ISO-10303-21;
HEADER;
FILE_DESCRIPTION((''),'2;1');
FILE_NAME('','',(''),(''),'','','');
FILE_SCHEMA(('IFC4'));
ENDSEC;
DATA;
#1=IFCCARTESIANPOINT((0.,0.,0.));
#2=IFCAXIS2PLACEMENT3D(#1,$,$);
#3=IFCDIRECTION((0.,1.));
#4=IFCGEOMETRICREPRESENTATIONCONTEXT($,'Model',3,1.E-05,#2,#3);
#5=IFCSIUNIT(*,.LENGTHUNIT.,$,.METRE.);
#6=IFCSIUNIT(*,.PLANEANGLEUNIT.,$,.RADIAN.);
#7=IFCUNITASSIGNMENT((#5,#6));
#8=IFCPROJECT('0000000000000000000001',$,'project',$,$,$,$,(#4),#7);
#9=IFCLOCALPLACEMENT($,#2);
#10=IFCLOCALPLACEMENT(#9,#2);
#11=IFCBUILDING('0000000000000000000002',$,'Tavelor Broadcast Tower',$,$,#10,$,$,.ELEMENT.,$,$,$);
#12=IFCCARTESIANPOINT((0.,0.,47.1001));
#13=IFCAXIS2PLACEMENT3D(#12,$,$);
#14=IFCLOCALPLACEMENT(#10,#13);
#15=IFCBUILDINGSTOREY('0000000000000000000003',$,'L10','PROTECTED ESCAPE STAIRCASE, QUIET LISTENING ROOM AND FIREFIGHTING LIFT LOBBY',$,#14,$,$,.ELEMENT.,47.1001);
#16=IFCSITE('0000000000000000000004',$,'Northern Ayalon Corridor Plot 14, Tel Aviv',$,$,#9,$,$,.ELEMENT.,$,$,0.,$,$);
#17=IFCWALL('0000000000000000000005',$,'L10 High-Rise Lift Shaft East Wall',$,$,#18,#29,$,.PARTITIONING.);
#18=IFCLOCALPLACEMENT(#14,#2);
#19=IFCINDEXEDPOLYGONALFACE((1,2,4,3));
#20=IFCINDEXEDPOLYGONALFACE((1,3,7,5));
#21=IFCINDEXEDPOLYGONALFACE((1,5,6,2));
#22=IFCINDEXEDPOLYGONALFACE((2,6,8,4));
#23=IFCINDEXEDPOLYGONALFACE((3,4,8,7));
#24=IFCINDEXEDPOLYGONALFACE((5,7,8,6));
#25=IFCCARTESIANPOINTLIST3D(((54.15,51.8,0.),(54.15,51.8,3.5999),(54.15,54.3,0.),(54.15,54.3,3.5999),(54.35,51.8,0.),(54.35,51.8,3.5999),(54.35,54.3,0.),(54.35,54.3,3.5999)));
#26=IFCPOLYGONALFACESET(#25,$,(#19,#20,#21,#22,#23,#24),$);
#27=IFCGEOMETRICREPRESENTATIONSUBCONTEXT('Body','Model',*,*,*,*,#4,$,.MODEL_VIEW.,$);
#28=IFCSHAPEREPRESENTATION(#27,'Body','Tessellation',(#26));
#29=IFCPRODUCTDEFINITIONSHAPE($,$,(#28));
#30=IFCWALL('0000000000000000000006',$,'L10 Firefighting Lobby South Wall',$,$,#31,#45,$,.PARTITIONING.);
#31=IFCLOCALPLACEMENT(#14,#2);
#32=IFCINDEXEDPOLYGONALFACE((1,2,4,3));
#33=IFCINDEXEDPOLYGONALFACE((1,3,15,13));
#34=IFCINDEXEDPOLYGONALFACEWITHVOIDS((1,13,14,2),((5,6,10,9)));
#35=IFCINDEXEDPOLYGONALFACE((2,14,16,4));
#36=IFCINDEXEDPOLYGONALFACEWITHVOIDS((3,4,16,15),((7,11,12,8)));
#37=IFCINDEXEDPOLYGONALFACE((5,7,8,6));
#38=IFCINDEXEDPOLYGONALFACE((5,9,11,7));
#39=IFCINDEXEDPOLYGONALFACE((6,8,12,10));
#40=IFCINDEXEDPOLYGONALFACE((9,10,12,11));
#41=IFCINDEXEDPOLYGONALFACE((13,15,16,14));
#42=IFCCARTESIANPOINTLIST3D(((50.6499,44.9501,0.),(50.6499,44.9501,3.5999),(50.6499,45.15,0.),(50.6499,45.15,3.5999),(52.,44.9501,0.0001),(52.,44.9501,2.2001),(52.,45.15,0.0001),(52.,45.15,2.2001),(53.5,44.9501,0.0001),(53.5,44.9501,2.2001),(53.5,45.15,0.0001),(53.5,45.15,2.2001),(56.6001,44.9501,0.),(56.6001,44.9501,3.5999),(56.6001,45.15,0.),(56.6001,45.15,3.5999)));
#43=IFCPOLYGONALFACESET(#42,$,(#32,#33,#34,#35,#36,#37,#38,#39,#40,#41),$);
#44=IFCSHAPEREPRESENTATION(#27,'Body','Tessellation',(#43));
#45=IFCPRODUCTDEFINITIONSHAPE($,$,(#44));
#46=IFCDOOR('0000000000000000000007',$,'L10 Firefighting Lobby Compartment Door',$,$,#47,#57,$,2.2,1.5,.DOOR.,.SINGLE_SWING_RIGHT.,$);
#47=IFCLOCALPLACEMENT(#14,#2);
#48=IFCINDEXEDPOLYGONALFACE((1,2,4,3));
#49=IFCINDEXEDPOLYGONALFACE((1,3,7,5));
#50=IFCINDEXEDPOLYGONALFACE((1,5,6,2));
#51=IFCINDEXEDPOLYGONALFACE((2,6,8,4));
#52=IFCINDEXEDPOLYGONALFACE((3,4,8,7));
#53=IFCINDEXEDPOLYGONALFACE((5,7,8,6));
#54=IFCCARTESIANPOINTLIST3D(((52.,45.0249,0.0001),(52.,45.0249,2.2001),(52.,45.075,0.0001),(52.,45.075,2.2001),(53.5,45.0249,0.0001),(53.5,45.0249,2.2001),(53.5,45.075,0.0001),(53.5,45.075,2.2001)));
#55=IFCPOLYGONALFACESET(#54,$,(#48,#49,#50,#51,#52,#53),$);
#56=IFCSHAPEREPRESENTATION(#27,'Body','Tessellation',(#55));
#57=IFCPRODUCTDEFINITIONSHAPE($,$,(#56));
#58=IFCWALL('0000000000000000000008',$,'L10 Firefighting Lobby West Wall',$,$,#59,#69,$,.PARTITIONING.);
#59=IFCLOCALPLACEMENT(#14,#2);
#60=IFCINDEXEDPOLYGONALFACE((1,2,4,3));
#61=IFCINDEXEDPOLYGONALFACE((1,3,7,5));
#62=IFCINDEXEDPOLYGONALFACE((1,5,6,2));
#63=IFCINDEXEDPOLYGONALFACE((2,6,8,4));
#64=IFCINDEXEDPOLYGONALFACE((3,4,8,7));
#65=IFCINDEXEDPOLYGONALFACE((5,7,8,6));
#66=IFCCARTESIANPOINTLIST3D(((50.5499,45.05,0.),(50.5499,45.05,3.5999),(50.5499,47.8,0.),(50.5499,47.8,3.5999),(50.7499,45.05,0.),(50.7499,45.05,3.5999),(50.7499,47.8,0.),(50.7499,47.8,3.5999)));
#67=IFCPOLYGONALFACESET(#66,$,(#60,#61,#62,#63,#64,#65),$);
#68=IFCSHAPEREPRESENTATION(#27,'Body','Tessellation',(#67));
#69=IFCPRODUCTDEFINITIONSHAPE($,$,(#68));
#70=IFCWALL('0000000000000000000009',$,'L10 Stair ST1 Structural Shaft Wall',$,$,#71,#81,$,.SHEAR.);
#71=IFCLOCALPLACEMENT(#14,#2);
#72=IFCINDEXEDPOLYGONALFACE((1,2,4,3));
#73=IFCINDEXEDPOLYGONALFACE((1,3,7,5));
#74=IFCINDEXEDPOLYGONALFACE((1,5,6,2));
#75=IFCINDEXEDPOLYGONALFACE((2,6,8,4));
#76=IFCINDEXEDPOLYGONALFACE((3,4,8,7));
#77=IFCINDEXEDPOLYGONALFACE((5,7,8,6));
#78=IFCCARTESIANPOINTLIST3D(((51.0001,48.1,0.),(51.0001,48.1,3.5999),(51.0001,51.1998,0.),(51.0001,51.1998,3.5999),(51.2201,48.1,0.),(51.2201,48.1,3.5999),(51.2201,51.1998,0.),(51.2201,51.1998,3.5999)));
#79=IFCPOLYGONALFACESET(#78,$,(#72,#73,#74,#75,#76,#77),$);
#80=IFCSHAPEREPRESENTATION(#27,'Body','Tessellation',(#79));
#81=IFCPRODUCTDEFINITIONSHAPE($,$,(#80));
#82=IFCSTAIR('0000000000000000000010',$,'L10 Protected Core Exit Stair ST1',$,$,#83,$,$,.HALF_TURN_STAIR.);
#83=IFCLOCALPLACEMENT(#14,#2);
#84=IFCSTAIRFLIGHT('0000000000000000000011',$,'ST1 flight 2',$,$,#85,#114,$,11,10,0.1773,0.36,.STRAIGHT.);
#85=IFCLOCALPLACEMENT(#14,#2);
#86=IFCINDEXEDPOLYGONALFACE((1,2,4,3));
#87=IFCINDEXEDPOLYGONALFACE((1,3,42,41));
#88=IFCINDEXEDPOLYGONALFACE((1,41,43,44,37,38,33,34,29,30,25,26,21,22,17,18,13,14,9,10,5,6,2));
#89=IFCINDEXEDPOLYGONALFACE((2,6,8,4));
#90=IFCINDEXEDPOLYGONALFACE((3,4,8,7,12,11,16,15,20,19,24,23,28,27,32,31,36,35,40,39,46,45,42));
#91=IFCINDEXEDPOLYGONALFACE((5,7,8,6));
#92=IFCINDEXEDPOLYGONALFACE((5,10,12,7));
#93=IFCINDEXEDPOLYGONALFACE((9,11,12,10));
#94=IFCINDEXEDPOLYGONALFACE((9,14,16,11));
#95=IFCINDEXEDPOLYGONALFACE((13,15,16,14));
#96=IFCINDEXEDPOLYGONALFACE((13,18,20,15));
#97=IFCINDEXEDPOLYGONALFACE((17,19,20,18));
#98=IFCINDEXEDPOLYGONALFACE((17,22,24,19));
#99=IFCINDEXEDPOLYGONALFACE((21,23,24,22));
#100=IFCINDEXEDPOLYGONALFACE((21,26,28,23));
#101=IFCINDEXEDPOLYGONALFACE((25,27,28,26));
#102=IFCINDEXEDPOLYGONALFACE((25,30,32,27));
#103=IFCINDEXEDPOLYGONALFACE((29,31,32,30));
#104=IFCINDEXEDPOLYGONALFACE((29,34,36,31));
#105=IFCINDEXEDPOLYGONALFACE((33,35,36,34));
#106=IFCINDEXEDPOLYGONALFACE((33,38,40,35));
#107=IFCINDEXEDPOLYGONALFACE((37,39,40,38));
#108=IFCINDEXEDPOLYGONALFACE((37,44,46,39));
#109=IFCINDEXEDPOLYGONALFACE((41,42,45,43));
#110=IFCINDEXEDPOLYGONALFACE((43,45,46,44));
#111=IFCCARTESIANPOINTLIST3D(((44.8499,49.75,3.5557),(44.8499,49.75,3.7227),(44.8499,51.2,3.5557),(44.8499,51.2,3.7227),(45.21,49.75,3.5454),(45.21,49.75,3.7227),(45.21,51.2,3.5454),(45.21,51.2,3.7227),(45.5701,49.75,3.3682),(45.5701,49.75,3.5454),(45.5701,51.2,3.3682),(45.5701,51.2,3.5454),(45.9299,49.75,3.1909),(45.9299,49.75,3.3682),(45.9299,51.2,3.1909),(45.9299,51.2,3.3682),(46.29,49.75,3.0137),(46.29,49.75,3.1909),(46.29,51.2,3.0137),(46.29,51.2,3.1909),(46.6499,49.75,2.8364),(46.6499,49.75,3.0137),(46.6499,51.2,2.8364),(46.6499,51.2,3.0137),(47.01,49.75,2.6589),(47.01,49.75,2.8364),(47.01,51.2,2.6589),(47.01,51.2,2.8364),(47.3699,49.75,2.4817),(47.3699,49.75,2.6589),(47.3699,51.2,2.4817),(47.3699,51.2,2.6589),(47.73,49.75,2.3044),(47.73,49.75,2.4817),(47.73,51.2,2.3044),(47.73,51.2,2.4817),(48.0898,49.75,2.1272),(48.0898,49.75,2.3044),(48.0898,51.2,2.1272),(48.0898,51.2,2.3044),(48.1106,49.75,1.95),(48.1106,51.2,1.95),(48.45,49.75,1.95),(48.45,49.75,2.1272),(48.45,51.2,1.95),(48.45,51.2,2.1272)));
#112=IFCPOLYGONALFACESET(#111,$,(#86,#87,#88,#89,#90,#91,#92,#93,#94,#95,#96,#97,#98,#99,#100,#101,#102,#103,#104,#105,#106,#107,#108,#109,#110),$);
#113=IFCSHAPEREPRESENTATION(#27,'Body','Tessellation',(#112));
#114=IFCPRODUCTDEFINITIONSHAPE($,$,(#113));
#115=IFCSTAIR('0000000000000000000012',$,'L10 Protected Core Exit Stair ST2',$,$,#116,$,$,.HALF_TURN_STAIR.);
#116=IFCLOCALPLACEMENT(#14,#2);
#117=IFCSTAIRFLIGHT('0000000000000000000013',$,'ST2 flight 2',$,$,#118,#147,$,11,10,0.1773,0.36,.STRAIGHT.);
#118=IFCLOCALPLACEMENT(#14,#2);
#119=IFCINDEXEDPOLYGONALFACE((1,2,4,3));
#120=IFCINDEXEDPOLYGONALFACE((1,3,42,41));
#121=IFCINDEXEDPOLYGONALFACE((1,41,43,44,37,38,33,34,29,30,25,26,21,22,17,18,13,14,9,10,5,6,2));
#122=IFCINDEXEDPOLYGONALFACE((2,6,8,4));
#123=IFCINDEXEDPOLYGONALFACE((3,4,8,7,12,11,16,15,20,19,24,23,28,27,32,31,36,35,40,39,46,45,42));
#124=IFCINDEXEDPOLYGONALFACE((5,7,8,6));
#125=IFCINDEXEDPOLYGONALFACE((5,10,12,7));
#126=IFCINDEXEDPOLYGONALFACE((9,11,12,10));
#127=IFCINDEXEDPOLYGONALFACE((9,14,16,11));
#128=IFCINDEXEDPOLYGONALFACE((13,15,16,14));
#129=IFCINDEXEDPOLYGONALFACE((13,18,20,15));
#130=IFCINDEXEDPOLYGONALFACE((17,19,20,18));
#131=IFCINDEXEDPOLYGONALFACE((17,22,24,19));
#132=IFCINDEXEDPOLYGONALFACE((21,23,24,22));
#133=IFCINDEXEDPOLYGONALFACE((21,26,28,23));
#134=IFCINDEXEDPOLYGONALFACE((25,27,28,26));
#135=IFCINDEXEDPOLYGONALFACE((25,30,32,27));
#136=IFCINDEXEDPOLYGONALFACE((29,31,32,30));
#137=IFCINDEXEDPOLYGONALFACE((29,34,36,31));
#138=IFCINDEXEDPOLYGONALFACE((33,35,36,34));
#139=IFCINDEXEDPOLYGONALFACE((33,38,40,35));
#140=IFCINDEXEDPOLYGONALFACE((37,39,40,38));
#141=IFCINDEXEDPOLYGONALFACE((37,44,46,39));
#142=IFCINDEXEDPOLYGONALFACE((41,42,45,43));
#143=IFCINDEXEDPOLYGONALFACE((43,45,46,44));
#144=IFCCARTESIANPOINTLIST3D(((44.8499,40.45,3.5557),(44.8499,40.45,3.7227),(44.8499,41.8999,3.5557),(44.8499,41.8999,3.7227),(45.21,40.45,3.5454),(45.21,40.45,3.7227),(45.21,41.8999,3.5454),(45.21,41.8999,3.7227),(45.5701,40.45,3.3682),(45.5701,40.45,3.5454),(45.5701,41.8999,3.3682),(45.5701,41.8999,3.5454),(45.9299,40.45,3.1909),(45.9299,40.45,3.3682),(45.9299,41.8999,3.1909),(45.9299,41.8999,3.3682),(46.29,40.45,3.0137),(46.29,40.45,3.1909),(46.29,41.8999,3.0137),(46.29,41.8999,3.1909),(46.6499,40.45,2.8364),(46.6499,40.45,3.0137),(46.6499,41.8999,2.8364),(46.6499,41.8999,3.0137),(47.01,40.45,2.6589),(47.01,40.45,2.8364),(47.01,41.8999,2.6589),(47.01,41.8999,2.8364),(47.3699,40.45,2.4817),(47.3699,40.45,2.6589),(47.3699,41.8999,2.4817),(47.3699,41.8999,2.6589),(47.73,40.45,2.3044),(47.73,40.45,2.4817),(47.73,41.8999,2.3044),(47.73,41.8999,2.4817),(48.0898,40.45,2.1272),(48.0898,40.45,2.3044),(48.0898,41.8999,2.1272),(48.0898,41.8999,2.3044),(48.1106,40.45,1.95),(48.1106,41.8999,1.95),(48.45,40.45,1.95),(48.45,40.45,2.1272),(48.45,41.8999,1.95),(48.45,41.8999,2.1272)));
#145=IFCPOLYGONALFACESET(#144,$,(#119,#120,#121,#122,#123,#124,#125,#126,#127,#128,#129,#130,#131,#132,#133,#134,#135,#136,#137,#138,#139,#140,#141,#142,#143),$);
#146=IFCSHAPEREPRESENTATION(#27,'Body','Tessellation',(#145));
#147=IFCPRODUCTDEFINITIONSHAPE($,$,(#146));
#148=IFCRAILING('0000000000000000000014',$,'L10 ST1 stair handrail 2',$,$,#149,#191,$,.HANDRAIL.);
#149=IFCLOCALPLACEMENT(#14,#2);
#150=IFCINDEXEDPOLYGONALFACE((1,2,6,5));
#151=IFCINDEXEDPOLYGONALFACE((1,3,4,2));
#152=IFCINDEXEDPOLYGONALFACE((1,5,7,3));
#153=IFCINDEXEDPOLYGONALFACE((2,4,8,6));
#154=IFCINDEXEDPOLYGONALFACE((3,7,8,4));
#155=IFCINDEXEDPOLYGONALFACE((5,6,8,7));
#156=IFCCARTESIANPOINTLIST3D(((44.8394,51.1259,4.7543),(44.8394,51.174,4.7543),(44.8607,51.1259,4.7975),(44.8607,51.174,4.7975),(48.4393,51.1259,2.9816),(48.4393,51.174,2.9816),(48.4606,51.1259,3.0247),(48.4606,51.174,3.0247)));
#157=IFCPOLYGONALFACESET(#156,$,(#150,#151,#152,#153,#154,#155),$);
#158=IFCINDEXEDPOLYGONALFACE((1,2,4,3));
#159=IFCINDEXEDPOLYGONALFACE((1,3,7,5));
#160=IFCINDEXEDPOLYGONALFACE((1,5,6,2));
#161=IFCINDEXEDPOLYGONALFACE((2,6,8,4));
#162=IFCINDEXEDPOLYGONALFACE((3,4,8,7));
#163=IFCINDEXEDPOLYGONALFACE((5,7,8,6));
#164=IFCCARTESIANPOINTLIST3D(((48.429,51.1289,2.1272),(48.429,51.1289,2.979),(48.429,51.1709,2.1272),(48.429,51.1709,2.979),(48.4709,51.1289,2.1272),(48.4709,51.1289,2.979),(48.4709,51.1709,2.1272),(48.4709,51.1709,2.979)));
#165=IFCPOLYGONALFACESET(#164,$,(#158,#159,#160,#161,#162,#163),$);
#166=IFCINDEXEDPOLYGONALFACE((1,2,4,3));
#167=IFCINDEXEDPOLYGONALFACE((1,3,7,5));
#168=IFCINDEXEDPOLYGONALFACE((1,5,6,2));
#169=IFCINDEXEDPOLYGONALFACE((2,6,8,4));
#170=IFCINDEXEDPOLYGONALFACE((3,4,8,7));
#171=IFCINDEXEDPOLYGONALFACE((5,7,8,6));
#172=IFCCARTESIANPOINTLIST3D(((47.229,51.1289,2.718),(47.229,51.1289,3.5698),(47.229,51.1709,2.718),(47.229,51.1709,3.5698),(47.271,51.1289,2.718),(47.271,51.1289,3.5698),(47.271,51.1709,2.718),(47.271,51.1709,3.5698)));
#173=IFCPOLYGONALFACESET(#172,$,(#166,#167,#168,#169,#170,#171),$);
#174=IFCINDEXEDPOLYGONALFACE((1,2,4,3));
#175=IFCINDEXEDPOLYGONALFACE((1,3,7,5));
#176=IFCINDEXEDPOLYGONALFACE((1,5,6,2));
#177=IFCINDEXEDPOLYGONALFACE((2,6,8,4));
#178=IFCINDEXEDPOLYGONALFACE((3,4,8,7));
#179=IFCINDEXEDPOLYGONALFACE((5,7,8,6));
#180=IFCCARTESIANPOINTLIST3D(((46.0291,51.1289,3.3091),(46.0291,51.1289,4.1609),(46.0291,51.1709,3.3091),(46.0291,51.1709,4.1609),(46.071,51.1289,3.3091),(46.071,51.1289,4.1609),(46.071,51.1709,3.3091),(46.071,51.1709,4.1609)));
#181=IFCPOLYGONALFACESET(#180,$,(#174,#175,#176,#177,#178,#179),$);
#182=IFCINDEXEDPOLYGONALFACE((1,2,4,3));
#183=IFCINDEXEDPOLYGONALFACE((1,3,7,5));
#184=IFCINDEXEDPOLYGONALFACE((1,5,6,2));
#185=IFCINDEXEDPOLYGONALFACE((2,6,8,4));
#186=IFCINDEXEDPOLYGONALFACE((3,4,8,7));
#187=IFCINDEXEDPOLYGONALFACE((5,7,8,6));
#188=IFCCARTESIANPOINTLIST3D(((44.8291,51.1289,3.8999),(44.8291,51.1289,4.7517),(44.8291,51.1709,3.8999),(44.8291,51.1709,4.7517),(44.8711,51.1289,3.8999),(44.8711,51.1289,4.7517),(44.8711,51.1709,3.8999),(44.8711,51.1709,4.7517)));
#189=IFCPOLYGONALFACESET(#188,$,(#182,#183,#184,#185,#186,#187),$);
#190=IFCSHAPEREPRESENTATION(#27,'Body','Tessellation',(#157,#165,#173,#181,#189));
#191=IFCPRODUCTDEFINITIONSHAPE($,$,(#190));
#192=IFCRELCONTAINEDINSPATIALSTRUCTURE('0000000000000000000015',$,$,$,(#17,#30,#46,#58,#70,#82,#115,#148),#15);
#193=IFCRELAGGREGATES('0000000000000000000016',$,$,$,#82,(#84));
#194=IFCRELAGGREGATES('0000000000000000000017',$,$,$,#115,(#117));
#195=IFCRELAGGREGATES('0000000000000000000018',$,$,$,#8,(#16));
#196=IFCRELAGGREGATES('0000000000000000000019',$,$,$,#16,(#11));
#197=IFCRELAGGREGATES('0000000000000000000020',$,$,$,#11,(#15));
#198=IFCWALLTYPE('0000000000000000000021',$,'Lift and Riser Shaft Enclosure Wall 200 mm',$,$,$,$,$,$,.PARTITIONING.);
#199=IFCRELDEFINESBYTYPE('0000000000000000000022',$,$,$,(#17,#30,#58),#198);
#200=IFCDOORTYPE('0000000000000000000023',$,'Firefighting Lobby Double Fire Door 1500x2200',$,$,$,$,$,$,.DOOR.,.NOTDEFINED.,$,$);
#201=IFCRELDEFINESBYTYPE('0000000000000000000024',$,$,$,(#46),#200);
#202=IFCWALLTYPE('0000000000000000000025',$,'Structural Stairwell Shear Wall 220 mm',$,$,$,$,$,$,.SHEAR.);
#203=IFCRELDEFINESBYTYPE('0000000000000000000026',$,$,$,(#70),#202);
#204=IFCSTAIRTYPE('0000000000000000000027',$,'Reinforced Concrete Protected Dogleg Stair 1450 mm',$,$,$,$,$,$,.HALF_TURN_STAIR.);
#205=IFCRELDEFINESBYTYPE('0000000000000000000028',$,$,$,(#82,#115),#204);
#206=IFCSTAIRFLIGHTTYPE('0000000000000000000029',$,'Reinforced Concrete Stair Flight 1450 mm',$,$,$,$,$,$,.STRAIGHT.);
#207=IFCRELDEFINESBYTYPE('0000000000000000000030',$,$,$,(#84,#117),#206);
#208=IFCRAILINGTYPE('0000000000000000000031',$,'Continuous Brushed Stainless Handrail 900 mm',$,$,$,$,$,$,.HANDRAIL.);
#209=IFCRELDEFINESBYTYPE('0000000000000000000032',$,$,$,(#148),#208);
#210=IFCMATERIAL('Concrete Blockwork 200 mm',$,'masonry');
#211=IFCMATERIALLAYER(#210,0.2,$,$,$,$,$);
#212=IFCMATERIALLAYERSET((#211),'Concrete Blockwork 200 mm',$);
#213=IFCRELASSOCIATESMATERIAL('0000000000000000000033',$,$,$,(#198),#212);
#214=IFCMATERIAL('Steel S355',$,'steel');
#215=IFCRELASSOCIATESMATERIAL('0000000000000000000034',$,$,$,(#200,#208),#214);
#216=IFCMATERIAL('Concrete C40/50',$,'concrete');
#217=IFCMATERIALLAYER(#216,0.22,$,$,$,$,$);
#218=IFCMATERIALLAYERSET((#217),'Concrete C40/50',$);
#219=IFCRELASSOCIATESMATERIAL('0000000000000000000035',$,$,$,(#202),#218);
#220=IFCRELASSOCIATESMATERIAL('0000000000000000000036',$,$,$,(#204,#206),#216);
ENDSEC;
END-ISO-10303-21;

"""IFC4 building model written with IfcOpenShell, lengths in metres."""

from ifc_helpers import new_model, si_unit, direction, frame, frame_2d, origin, origin_2d, place, context, subcontext, project, spatial, polyline, rectangle, outline, extrude, material, layer, layer_set, type_object, element, fill, aggregate, save


model = new_model("IFC4")

# Units and contexts
model_context = context("Model", 3, precision=1e-05, world=origin(), true_north=direction((0.0, 1.0)))
body_context = subcontext(model_context, "Body", "Model", "MODEL_VIEW")
ifc_project = project(units=[si_unit("LENGTHUNIT", "METRE"), si_unit("PLANEANGLEUNIT", "RADIAN")], contexts=[model_context])

# Site, building, storey
site_placement = place(None, origin())
site = spatial("IfcSite", under=ifc_project, at=site_placement, Name="Northern Ayalon Corridor Plot 14, Tel Aviv", CompositionType="ELEMENT", RefElevation=0.0)
building_placement = place(site_placement, origin())
building = spatial("IfcBuilding", under=site, at=building_placement, Name="Tavelor Broadcast Tower", CompositionType="ELEMENT")
storey_placement = place(building_placement, frame((0.0, 0.0, 47.1001)))
storey = spatial("IfcBuildingStorey", under=building, at=storey_placement, Name="L10", Description="PROTECTED ESCAPE STAIRCASE, QUIET LISTENING ROOM AND FIREFIGHTING LIFT LOBBY", CompositionType="ELEMENT", Elevation=47.1001)

# Shared definitions
ifc_material_1 = material(Name="Concrete C40/50", Category="concrete")
ifc_material_2 = material(Name="Steel S355", Category="steel")

# Wall
ifc_material_3 = material(Name="Concrete Blockwork 200 mm", Category="masonry")
ifc_layer_1 = layer(ifc_material_3, 0.2)
ifc_layer_set_1 = layer_set([ifc_layer_1], Name="Concrete Blockwork 200 mm")
wall_type_1 = type_object("IfcWallType", Name="Lift and Riser Shaft Enclosure Wall 200 mm", PredefinedType="PARTITIONING", material=ifc_layer_set_1)
wall_1_placement = place(storey_placement, frame((54.25, 51.8, 0.0), z_axis=(0.0, 0.0, 1.0), x_axis=(0.0, 1.0, 0.0)))
element("IfcWall", 1, at=wall_1_placement, inside=storey, type_object=wall_type_1, Name="L10 High-Rise Lift Shaft East Wall", PredefinedType="PARTITIONING", context=body_context, shape_type="SweptSolid", body=[
    extrude(rectangle(XDim=2.5, YDim=0.2, at=frame_2d((1.25, 0.0))), origin(), (0.0, 0.0, 1.0), 3.5999),
])

# Wall, opening, door
wall_2_placement = place(storey_placement, frame((50.6499, 45.05, 0.0), z_axis=(0.0, 0.0, 1.0), x_axis=(1.0, 0.0, 0.0)))
wall_2 = element("IfcWall", 2, at=wall_2_placement, inside=storey, type_object=wall_type_1, Name="L10 Firefighting Lobby South Wall", PredefinedType="PARTITIONING", context=body_context, shape_type="SweptSolid", body=[
    extrude(rectangle(XDim=5.9502, YDim=0.2, at=frame_2d((2.9751, 0.0))), origin(), (0.0, 0.0, 1.0), 3.5999),
])
opening_placement = place(wall_2_placement, frame((1.3501, 0.0, 0.0)))
opening = element("IfcOpeningElement", 3, at=opening_placement, cuts=wall_2, PredefinedType="OPENING", context=body_context, shape_type="SweptSolid", body=[
    extrude(rectangle(XDim=1.5, YDim=2.2, at=frame_2d((0.75, 1.1001))), frame((0.0, 0.1099, 0.0), z_axis=(0.0, -1.0, 0.0), x_axis=(1.0, 0.0, 0.0)), (0.0, 0.0, 1.0), 0.22),
])
door_type = type_object("IfcDoorType", Name="Firefighting Lobby Double Fire Door 1500x2200", OperationType="NOTDEFINED", PredefinedType="DOOR", material=ifc_material_2)
door_placement = place(opening_placement, origin())
door = element("IfcDoor", 4, at=door_placement, inside=storey, type_object=door_type, Name="L10 Firefighting Lobby Compartment Door", OperationType="SINGLE_SWING_RIGHT", OverallHeight=2.2, OverallWidth=1.5, PredefinedType="DOOR", context=body_context, shape_type="SweptSolid", body=[
    extrude(rectangle(XDim=1.5, YDim=2.2, at=frame_2d((0.75, 1.1001))), frame((0.0, 0.0249, 0.0), z_axis=(0.0, -1.0, 0.0), x_axis=(1.0, 0.0, 0.0)), (0.0, 0.0, 1.0), 0.05),
])
fill(opening, door)

# Walls
wall_3_placement = place(storey_placement, frame((50.6499, 45.05, 0.0), z_axis=(0.0, 0.0, 1.0), x_axis=(0.0, 1.0, 0.0)))
element("IfcWall", 5, at=wall_3_placement, inside=storey, type_object=wall_type_1, Name="L10 Firefighting Lobby West Wall", PredefinedType="PARTITIONING", context=body_context, shape_type="SweptSolid", body=[
    extrude(rectangle(XDim=2.75, YDim=0.2, at=frame_2d((1.375, 0.0))), origin(), (0.0, 0.0, 1.0), 3.5999),
])
ifc_layer_2 = layer(ifc_material_1, 0.22)
ifc_layer_set_2 = layer_set([ifc_layer_2], Name="Concrete C40/50")
wall_type_2 = type_object("IfcWallType", Name="Structural Stairwell Shear Wall 220 mm", PredefinedType="SHEAR", material=ifc_layer_set_2)
wall_4_placement = place(storey_placement, frame((51.1101, 48.1001, 0.0), z_axis=(0.0, 0.0, 1.0), x_axis=(0.0, 1.0, 0.0)))
element("IfcWall", 6, at=wall_4_placement, inside=storey, type_object=wall_type_2, Name="L10 Stair ST1 Structural Shaft Wall", PredefinedType="SHEAR", context=body_context, shape_type="SweptSolid", body=[
    extrude(rectangle(XDim=3.0999, YDim=0.22, at=frame_2d((1.5498, 0.0))), origin(), (0.0, 0.0, 1.0), 3.5999),
])

# Stairs, stair flights
stair_type = type_object("IfcStairType", Name="Reinforced Concrete Protected Dogleg Stair 1450 mm", PredefinedType="HALF_TURN_STAIR", material=ifc_material_1)
stair_1_placement = place(storey_placement, origin())
stair_1 = element("IfcStair", 7, at=stair_1_placement, inside=storey, type_object=stair_type, Name="L10 Protected Core Exit Stair ST1", PredefinedType="HALF_TURN_STAIR")
stair_flight_type = type_object("IfcStairFlightType", Name="Reinforced Concrete Stair Flight 1450 mm", PredefinedType="STRAIGHT", material=ifc_material_1)
stair_flight_1_placement = place(storey_placement, frame((48.45, 50.4751, 1.95), z_axis=(0.0, 0.0, 1.0), x_axis=(-1.0, 0.0, 0.0)))
stair_flight_1 = element("IfcStairFlight", 8, at=stair_flight_1_placement, type_object=stair_flight_type, Name="ST1 flight 2", NumberOfRisers=11, NumberOfTreads=10, PredefinedType="STRAIGHT", RiserHeight=0.1773, TreadLength=0.36, context=body_context, shape_type="SweptSolid", body=[
    extrude(outline(polyline([(0.0, 0.0), (0.0, 0.1772), (0.3601, 0.1772), (0.3601, 0.3545), (0.72, 0.3545), (0.72, 0.5317), (1.0801, 0.5317), (1.0801, 0.709), (1.4399, 0.709), (1.4399, 0.8865), (1.8, 0.8865), (1.8, 1.0637), (2.1599, 1.0637), (2.1599, 1.241), (2.52, 1.241), (2.52, 1.4182), (2.8799, 1.4182), (2.8799, 1.5955), (3.24, 1.5955), (3.24, 1.7727), (3.6001, 1.7727), (3.6001, 1.95), (3.6001, 1.6057), (0.3394, 0.0), (0.0, 0.0)])), frame((0.0, 0.7251, 0.0), z_axis=(0.0, -1.0, 0.0), x_axis=(1.0, 0.0, 0.0)), (0.0, 0.0, 1.0), 1.45),
])
aggregate(stair_1, [stair_flight_1])
stair_2_placement = place(storey_placement, origin())
stair_2 = element("IfcStair", 9, at=stair_2_placement, inside=storey, type_object=stair_type, Name="L10 Protected Core Exit Stair ST2", PredefinedType="HALF_TURN_STAIR")
stair_flight_2_placement = place(storey_placement, frame((48.45, 41.175, 1.95), z_axis=(0.0, 0.0, 1.0), x_axis=(-1.0, 0.0, 0.0)))
stair_flight_2 = element("IfcStairFlight", 10, at=stair_flight_2_placement, type_object=stair_flight_type, Name="ST2 flight 2", NumberOfRisers=11, NumberOfTreads=10, PredefinedType="STRAIGHT", RiserHeight=0.1773, TreadLength=0.36, context=body_context, shape_type="SweptSolid", body=[
    extrude(outline(polyline([(0.0, 0.0), (0.0, 0.1772), (0.3601, 0.1772), (0.3601, 0.3545), (0.72, 0.3545), (0.72, 0.5317), (1.0801, 0.5317), (1.0801, 0.709), (1.4399, 0.709), (1.4399, 0.8865), (1.8, 0.8865), (1.8, 1.0637), (2.1599, 1.0637), (2.1599, 1.241), (2.52, 1.241), (2.52, 1.4182), (2.8799, 1.4182), (2.8799, 1.5955), (3.24, 1.5955), (3.24, 1.7727), (3.6001, 1.7727), (3.6001, 1.95), (3.6001, 1.6057), (0.3394, 0.0), (0.0, 0.0)])), frame((0.0, 0.7251, 0.0), z_axis=(0.0, -1.0, 0.0), x_axis=(1.0, 0.0, 0.0)), (0.0, 0.0, 1.0), 1.45),
])
aggregate(stair_2, [stair_flight_2])

# Railing
railing_type_1 = type_object("IfcRailingType", Name="Continuous Brushed Stainless Handrail 900 mm", PredefinedType="HANDRAIL", material=ifc_material_2)
for number, where, name in (
    (11, (48.45, 51.1499, 2.1272), "L10 ST1 stair handrail 2"),
):
    element("IfcRailing", number, at=place(storey_placement, frame(where)), inside=storey, type_object=railing_type_1, Name=name, PredefinedType="HANDRAIL", context=body_context, shape_type="SweptSolid", body=[
        extrude(rectangle(XDim=0.0481, YDim=0.0481, at=origin_2d()), frame((0.0, 0.0, 0.876), z_axis=(-0.897124, 0.0, 0.441778), x_axis=(0.0, -1.0, 0.0)), (0.0, 0.0, 1.0), 4.0127),
        extrude(rectangle(XDim=0.042, YDim=0.042, at=origin_2d()), origin(), (0.0, 0.0, 1.0), 0.8518),
        extrude(rectangle(XDim=0.042, YDim=0.042, at=origin_2d()), frame((-1.2, 0.0, 0.5908)), (0.0, 0.0, 1.0), 0.8518),
        extrude(rectangle(XDim=0.042, YDim=0.042, at=origin_2d()), frame((-2.3999, 0.0, 1.1819)), (0.0, 0.0, 1.0), 0.8518),
        extrude(rectangle(XDim=0.042, YDim=0.042, at=origin_2d()), frame((-3.5999, 0.0, 1.7727)), (0.0, 0.0, 1.0), 0.8518),
    ])

save(model, "model.ifc")
